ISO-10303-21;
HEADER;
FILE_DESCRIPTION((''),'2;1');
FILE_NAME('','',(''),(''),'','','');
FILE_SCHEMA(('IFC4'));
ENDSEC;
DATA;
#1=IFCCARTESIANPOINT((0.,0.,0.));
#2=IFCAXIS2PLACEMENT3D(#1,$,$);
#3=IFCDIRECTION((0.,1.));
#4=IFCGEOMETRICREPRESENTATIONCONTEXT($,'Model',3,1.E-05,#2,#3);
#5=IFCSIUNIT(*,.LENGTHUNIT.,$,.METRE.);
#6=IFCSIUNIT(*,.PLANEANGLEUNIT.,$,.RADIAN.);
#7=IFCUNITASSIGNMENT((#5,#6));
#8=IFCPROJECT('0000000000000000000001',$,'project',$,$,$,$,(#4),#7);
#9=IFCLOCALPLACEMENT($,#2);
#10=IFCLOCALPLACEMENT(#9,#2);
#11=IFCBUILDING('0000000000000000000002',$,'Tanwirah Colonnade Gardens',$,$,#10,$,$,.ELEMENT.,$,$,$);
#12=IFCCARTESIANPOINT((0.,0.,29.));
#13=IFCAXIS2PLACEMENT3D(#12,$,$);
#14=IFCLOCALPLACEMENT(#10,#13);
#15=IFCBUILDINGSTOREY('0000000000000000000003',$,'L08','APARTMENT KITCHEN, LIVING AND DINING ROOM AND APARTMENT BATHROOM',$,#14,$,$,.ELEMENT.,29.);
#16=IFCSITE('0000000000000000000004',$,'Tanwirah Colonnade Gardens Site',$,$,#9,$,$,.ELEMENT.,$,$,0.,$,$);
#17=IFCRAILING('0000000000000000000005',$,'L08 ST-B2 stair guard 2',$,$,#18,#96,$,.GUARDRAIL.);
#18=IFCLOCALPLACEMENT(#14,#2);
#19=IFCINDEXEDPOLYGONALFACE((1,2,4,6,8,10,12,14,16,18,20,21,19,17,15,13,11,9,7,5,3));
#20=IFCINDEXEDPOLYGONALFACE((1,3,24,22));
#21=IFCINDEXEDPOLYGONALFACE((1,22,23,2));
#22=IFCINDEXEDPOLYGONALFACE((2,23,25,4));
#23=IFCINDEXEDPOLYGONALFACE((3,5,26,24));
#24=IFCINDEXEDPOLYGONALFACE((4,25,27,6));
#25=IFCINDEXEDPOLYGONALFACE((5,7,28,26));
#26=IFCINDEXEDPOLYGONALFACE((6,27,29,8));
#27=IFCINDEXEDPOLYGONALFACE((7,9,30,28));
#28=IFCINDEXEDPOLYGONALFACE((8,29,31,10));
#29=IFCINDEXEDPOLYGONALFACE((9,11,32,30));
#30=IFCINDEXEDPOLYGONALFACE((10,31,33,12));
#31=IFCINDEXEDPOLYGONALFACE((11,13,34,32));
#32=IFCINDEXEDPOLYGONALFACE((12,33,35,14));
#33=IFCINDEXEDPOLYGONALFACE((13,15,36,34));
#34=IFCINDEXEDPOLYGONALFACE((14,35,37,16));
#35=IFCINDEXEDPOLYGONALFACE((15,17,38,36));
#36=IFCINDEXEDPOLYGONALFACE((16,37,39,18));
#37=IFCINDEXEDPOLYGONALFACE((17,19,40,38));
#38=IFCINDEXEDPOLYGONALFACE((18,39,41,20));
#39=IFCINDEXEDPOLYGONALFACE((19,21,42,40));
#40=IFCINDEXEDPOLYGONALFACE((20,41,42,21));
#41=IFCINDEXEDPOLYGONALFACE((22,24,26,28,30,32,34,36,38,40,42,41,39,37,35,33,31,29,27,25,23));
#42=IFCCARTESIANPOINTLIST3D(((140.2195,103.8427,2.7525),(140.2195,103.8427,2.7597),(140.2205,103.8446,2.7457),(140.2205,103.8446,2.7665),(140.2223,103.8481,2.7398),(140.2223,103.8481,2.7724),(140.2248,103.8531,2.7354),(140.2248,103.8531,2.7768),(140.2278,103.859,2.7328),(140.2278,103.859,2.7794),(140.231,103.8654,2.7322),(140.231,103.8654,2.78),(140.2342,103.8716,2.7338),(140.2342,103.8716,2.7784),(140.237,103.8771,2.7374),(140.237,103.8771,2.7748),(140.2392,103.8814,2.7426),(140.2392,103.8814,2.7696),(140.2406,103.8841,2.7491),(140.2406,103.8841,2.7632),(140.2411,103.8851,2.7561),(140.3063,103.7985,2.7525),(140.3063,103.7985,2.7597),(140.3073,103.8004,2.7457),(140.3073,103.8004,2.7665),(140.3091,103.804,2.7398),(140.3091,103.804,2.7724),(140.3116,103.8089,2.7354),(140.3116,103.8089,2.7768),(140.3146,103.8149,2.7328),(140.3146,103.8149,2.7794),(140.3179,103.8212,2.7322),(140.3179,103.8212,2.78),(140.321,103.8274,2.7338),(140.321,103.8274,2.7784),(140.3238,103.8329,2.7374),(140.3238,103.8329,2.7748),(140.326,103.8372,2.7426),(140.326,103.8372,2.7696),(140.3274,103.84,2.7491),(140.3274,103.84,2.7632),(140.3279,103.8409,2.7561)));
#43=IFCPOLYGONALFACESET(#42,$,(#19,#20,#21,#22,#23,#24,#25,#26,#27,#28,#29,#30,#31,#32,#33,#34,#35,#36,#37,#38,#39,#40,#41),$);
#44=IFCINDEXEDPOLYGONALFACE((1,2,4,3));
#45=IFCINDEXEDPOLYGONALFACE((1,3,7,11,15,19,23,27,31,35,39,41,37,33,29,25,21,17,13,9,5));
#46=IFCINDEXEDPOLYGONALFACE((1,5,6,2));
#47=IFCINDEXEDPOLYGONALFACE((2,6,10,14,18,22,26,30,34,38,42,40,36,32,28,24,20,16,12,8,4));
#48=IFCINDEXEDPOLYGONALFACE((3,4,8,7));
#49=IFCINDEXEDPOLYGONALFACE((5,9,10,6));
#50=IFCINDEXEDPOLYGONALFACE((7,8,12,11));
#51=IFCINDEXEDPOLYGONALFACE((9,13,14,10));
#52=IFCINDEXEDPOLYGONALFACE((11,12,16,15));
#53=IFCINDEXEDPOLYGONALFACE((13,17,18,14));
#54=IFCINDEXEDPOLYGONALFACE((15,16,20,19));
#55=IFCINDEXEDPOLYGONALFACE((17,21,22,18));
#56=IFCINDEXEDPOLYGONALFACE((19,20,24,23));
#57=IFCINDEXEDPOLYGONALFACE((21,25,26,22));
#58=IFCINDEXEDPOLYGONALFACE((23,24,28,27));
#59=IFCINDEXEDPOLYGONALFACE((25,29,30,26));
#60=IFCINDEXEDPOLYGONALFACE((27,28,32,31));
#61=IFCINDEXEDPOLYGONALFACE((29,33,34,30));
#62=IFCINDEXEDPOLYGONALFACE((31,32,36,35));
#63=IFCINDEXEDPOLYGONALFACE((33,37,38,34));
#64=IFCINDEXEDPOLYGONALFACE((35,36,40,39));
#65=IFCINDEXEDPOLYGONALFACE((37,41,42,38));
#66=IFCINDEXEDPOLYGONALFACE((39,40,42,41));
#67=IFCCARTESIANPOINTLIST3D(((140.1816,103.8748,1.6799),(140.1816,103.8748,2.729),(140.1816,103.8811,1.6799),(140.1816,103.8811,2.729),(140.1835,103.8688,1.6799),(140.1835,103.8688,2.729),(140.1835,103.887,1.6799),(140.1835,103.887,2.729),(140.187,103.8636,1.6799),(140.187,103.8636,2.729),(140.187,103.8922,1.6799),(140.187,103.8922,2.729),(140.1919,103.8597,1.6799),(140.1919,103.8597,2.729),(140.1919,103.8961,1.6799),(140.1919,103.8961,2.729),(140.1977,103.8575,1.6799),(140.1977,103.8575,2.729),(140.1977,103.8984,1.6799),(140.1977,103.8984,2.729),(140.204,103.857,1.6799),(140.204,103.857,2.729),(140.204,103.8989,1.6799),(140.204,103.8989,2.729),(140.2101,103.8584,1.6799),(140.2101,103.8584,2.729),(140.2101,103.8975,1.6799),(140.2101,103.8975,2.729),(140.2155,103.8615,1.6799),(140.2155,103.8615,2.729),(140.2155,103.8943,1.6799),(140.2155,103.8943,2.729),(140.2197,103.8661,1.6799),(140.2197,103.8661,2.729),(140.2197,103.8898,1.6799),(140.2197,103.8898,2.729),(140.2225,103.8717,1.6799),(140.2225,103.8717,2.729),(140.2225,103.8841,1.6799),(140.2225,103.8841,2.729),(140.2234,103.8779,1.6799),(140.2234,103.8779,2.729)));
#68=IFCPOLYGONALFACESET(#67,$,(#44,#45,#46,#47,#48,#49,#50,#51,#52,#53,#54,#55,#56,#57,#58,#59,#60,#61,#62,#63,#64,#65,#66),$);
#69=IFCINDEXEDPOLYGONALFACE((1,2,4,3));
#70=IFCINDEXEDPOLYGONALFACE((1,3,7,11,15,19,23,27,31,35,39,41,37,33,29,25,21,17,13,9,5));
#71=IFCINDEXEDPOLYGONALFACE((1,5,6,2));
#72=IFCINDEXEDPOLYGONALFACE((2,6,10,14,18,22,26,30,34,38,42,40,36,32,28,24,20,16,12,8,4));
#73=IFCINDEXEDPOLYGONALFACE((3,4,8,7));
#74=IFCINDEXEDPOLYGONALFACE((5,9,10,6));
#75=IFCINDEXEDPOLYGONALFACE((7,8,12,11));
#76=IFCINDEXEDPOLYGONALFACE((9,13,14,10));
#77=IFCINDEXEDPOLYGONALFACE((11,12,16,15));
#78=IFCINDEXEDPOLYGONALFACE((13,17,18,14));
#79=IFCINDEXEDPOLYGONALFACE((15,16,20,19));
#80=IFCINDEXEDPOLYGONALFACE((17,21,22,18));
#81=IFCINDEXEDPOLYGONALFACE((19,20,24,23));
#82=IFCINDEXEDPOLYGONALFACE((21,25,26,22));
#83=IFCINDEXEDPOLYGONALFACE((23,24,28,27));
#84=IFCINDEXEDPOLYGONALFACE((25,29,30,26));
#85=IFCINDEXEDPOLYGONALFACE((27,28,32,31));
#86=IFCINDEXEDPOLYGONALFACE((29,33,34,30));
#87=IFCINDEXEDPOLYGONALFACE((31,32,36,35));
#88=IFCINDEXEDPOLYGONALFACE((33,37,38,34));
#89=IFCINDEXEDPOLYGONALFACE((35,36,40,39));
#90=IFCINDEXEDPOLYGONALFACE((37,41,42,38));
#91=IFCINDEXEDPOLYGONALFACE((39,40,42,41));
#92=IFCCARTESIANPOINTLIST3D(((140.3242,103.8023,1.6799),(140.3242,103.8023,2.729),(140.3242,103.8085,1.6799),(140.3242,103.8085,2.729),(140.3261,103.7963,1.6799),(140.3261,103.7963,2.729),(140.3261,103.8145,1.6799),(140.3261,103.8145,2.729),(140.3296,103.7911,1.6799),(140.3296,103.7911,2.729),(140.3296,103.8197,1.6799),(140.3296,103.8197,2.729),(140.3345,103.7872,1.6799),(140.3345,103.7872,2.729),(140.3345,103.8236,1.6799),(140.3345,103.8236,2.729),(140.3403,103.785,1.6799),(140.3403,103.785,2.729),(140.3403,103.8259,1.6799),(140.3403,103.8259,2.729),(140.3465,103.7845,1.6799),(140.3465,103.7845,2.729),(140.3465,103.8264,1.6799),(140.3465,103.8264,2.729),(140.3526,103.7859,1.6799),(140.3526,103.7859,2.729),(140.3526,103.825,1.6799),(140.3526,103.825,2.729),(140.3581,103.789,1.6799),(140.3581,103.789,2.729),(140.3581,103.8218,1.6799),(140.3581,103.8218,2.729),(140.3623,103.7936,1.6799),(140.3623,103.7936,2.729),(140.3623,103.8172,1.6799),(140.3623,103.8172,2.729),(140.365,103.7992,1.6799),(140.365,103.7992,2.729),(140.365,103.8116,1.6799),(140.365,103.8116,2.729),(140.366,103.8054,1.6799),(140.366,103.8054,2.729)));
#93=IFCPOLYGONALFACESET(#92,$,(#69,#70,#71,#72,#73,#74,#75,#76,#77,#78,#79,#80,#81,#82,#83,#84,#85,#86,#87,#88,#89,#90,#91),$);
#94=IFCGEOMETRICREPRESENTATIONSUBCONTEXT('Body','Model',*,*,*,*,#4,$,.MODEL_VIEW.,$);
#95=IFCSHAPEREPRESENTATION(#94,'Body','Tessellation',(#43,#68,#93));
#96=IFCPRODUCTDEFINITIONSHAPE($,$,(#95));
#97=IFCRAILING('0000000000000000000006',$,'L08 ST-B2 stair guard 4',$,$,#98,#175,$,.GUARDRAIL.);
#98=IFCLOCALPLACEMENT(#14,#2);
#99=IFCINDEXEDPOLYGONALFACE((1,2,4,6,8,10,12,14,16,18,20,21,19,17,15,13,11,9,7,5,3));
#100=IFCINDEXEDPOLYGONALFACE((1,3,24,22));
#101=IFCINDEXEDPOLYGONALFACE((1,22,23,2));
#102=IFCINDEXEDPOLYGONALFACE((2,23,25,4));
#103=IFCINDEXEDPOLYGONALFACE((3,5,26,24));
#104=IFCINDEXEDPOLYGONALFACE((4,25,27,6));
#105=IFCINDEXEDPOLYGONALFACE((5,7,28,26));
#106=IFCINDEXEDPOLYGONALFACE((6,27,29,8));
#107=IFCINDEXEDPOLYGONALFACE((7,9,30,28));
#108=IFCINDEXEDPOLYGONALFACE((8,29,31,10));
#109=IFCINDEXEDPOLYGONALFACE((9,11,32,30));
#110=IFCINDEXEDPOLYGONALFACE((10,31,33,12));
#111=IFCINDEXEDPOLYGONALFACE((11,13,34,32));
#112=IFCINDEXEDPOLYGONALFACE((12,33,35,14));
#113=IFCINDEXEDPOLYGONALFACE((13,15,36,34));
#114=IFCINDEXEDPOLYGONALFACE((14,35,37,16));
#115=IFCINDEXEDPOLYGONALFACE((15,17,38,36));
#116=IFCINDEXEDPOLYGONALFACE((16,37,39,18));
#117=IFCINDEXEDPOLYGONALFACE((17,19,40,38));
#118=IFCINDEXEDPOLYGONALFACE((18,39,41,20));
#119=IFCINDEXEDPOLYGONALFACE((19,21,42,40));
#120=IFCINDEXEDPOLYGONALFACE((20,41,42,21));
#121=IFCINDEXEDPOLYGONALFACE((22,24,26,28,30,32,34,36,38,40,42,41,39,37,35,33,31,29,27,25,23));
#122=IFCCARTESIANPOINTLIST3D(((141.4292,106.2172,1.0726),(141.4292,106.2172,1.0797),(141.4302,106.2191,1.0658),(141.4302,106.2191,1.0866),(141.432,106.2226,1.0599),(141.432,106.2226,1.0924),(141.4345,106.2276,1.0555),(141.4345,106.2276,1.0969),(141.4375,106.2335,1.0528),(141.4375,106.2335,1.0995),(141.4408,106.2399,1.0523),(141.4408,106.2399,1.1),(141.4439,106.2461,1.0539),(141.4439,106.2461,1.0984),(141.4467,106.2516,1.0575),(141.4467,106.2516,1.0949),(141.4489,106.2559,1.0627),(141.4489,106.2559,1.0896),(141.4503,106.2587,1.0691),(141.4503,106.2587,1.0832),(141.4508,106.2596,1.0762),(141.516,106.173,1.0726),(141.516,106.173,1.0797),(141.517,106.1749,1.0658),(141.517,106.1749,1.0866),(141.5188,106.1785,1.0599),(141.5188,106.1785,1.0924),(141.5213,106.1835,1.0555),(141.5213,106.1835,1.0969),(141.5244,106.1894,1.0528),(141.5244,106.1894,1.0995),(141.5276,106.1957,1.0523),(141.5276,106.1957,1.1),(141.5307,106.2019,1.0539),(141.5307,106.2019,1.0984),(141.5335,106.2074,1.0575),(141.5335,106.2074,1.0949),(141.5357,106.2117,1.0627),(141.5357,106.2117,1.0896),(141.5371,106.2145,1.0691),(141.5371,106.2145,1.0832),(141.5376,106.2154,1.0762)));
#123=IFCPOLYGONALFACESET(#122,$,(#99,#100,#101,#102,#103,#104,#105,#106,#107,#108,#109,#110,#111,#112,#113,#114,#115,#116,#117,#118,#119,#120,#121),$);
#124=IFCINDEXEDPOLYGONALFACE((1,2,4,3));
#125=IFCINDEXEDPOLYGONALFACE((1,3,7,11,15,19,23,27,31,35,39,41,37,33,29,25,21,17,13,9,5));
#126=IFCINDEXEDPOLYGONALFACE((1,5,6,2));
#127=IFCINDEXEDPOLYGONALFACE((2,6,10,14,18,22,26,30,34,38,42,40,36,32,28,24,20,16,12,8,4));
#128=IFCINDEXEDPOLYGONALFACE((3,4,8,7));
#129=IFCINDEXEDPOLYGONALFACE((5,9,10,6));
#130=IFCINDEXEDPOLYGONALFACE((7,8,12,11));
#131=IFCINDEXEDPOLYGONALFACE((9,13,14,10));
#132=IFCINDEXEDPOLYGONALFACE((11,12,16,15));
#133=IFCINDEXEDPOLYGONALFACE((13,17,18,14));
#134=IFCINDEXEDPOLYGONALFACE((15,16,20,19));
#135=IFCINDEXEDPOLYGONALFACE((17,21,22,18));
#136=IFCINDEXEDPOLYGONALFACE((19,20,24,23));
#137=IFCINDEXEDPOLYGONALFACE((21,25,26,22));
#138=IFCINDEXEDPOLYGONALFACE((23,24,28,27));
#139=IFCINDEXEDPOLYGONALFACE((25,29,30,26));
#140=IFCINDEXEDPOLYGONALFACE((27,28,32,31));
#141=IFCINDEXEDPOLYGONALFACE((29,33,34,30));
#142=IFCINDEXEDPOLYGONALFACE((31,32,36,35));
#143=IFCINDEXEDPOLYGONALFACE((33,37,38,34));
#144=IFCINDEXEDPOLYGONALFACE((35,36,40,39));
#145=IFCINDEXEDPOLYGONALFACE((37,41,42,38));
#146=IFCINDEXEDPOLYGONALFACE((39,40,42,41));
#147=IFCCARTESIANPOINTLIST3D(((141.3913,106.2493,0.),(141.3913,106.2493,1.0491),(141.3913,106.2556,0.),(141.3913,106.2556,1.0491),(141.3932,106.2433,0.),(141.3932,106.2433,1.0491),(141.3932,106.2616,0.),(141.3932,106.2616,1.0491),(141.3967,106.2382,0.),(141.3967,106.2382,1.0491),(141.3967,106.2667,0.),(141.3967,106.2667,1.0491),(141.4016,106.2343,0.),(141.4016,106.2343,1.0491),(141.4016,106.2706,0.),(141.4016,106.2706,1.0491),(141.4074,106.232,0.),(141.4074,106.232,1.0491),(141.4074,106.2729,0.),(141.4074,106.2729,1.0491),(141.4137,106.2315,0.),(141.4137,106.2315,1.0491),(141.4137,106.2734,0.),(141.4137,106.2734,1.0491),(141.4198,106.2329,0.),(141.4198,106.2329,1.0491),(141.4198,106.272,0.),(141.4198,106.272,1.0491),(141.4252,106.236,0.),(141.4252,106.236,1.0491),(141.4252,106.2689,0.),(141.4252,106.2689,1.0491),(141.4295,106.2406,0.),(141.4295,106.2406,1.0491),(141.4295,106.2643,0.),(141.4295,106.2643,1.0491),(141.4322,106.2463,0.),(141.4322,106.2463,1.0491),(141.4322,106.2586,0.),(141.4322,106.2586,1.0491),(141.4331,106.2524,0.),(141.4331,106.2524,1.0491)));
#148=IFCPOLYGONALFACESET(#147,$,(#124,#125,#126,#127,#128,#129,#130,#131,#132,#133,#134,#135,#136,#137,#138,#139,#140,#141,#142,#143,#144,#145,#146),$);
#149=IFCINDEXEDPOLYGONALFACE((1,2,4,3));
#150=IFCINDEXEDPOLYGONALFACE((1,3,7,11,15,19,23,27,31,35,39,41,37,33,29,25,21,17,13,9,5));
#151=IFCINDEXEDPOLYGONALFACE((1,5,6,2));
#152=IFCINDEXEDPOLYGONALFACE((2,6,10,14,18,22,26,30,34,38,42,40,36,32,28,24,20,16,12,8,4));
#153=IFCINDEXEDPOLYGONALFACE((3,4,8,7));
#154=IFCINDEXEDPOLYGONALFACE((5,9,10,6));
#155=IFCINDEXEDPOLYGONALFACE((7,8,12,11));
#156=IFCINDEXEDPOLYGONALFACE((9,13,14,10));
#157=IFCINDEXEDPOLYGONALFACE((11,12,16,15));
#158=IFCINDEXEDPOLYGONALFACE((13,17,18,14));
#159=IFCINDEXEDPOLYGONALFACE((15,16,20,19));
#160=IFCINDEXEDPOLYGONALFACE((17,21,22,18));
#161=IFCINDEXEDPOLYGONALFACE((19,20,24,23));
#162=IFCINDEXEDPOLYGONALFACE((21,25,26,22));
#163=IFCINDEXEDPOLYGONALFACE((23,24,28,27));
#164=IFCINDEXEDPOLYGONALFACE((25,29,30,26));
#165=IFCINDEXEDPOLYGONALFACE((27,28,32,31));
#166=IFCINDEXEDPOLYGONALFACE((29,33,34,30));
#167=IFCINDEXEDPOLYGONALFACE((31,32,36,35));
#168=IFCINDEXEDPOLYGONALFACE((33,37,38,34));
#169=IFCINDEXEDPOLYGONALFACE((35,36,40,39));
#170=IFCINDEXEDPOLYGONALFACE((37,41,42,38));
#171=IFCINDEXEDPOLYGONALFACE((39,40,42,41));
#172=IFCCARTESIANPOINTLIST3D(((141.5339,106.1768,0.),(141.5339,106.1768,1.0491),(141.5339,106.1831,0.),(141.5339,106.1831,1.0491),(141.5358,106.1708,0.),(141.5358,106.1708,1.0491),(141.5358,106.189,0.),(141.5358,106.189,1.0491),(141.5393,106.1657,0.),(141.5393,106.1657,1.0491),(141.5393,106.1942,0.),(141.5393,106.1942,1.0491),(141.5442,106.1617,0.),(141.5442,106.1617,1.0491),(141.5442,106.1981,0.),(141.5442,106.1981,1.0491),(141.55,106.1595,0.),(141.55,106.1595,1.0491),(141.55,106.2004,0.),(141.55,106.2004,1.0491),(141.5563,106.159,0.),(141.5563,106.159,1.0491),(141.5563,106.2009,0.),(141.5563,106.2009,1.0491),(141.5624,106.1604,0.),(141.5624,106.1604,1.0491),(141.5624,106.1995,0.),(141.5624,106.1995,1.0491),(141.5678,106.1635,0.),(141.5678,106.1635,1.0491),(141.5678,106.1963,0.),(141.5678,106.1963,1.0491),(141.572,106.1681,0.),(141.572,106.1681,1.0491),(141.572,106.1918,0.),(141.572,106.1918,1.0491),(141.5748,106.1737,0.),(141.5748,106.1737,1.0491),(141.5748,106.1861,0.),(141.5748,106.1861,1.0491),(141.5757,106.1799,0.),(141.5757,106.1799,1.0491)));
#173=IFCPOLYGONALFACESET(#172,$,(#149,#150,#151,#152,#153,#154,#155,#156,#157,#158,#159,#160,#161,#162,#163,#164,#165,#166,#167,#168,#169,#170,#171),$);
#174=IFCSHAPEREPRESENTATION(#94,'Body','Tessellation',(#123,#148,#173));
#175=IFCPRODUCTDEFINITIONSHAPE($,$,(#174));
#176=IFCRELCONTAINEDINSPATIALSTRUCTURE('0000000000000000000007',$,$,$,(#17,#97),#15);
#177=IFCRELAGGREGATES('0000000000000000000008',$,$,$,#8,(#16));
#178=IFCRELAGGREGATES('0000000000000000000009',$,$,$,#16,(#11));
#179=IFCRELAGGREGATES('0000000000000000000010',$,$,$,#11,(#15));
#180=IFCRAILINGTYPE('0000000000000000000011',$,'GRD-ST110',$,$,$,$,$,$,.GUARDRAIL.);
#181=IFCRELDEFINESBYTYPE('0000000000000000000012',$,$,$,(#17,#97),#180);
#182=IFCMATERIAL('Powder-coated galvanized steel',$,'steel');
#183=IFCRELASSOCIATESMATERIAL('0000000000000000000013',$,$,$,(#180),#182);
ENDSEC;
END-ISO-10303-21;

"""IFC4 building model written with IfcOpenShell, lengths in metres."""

from ifc_helpers import new_model, si_unit, direction, frame, origin, origin_2d, place, context, subcontext, project, spatial, circle, extrude, material, type_object, element, save


model = new_model("IFC4")

# Units and contexts
model_context = context("Model", 3, precision=1e-05, world=origin(), true_north=direction((0.0, 1.0)))
body_context = subcontext(model_context, "Body", "Model", "MODEL_VIEW")
ifc_project = project(units=[si_unit("LENGTHUNIT", "METRE"), si_unit("PLANEANGLEUNIT", "RADIAN")], contexts=[model_context])

# Site, building, storey
site_placement = place(None, origin())
site = spatial("IfcSite", under=ifc_project, at=site_placement, Name="Tanwirah Colonnade Gardens Site", CompositionType="ELEMENT", RefElevation=0.0)
building_placement = place(site_placement, origin())
building = spatial("IfcBuilding", under=site, at=building_placement, Name="Tanwirah Colonnade Gardens", CompositionType="ELEMENT")
storey_placement = place(building_placement, frame((0.0, 0.0, 29.0)))
storey = spatial("IfcBuildingStorey", under=building, at=storey_placement, Name="L08", Description="APARTMENT KITCHEN, LIVING AND DINING ROOM AND APARTMENT BATHROOM", CompositionType="ELEMENT", Elevation=29.0)

# Railings
ifc_material_1 = material(Name="Powder-coated galvanized steel", Category="steel")
railing_type_1 = type_object("IfcRailingType", Name="GRD-ST110", PredefinedType="GUARDRAIL", material=ifc_material_1)
for number, where, name in (
    (1, (140.2024, 103.8779, 1.6799), "L08 ST-B2 stair guard 2"),
    (2, (141.4121, 106.2524, 0.0), "L08 ST-B2 stair guard 4"),
):
    element("IfcRailing", number, at=place(storey_placement, frame(where)), inside=storey, type_object=railing_type_1, Name=name, PredefinedType="GUARDRAIL", context=body_context, shape_type="SweptSolid", body=[
        extrude(circle(Radius=0.0239, at=origin_2d()), frame((0.0278, -0.0142, 1.0762), z_axis=(0.891354, -0.453308, 0.0), x_axis=(0.453308, 0.891354, 0.0)), (0.0, 0.0, 1.0), 0.0974),
        extrude(circle(Radius=0.021, at=origin_2d()), origin(), (0.0, 0.0, 1.0), 1.0491),
        extrude(circle(Radius=0.021, at=origin_2d()), frame((0.1426, -0.0725, 0.0)), (0.0, 0.0, 1.0), 1.0491),
    ])

save(model, "model.ifc")
